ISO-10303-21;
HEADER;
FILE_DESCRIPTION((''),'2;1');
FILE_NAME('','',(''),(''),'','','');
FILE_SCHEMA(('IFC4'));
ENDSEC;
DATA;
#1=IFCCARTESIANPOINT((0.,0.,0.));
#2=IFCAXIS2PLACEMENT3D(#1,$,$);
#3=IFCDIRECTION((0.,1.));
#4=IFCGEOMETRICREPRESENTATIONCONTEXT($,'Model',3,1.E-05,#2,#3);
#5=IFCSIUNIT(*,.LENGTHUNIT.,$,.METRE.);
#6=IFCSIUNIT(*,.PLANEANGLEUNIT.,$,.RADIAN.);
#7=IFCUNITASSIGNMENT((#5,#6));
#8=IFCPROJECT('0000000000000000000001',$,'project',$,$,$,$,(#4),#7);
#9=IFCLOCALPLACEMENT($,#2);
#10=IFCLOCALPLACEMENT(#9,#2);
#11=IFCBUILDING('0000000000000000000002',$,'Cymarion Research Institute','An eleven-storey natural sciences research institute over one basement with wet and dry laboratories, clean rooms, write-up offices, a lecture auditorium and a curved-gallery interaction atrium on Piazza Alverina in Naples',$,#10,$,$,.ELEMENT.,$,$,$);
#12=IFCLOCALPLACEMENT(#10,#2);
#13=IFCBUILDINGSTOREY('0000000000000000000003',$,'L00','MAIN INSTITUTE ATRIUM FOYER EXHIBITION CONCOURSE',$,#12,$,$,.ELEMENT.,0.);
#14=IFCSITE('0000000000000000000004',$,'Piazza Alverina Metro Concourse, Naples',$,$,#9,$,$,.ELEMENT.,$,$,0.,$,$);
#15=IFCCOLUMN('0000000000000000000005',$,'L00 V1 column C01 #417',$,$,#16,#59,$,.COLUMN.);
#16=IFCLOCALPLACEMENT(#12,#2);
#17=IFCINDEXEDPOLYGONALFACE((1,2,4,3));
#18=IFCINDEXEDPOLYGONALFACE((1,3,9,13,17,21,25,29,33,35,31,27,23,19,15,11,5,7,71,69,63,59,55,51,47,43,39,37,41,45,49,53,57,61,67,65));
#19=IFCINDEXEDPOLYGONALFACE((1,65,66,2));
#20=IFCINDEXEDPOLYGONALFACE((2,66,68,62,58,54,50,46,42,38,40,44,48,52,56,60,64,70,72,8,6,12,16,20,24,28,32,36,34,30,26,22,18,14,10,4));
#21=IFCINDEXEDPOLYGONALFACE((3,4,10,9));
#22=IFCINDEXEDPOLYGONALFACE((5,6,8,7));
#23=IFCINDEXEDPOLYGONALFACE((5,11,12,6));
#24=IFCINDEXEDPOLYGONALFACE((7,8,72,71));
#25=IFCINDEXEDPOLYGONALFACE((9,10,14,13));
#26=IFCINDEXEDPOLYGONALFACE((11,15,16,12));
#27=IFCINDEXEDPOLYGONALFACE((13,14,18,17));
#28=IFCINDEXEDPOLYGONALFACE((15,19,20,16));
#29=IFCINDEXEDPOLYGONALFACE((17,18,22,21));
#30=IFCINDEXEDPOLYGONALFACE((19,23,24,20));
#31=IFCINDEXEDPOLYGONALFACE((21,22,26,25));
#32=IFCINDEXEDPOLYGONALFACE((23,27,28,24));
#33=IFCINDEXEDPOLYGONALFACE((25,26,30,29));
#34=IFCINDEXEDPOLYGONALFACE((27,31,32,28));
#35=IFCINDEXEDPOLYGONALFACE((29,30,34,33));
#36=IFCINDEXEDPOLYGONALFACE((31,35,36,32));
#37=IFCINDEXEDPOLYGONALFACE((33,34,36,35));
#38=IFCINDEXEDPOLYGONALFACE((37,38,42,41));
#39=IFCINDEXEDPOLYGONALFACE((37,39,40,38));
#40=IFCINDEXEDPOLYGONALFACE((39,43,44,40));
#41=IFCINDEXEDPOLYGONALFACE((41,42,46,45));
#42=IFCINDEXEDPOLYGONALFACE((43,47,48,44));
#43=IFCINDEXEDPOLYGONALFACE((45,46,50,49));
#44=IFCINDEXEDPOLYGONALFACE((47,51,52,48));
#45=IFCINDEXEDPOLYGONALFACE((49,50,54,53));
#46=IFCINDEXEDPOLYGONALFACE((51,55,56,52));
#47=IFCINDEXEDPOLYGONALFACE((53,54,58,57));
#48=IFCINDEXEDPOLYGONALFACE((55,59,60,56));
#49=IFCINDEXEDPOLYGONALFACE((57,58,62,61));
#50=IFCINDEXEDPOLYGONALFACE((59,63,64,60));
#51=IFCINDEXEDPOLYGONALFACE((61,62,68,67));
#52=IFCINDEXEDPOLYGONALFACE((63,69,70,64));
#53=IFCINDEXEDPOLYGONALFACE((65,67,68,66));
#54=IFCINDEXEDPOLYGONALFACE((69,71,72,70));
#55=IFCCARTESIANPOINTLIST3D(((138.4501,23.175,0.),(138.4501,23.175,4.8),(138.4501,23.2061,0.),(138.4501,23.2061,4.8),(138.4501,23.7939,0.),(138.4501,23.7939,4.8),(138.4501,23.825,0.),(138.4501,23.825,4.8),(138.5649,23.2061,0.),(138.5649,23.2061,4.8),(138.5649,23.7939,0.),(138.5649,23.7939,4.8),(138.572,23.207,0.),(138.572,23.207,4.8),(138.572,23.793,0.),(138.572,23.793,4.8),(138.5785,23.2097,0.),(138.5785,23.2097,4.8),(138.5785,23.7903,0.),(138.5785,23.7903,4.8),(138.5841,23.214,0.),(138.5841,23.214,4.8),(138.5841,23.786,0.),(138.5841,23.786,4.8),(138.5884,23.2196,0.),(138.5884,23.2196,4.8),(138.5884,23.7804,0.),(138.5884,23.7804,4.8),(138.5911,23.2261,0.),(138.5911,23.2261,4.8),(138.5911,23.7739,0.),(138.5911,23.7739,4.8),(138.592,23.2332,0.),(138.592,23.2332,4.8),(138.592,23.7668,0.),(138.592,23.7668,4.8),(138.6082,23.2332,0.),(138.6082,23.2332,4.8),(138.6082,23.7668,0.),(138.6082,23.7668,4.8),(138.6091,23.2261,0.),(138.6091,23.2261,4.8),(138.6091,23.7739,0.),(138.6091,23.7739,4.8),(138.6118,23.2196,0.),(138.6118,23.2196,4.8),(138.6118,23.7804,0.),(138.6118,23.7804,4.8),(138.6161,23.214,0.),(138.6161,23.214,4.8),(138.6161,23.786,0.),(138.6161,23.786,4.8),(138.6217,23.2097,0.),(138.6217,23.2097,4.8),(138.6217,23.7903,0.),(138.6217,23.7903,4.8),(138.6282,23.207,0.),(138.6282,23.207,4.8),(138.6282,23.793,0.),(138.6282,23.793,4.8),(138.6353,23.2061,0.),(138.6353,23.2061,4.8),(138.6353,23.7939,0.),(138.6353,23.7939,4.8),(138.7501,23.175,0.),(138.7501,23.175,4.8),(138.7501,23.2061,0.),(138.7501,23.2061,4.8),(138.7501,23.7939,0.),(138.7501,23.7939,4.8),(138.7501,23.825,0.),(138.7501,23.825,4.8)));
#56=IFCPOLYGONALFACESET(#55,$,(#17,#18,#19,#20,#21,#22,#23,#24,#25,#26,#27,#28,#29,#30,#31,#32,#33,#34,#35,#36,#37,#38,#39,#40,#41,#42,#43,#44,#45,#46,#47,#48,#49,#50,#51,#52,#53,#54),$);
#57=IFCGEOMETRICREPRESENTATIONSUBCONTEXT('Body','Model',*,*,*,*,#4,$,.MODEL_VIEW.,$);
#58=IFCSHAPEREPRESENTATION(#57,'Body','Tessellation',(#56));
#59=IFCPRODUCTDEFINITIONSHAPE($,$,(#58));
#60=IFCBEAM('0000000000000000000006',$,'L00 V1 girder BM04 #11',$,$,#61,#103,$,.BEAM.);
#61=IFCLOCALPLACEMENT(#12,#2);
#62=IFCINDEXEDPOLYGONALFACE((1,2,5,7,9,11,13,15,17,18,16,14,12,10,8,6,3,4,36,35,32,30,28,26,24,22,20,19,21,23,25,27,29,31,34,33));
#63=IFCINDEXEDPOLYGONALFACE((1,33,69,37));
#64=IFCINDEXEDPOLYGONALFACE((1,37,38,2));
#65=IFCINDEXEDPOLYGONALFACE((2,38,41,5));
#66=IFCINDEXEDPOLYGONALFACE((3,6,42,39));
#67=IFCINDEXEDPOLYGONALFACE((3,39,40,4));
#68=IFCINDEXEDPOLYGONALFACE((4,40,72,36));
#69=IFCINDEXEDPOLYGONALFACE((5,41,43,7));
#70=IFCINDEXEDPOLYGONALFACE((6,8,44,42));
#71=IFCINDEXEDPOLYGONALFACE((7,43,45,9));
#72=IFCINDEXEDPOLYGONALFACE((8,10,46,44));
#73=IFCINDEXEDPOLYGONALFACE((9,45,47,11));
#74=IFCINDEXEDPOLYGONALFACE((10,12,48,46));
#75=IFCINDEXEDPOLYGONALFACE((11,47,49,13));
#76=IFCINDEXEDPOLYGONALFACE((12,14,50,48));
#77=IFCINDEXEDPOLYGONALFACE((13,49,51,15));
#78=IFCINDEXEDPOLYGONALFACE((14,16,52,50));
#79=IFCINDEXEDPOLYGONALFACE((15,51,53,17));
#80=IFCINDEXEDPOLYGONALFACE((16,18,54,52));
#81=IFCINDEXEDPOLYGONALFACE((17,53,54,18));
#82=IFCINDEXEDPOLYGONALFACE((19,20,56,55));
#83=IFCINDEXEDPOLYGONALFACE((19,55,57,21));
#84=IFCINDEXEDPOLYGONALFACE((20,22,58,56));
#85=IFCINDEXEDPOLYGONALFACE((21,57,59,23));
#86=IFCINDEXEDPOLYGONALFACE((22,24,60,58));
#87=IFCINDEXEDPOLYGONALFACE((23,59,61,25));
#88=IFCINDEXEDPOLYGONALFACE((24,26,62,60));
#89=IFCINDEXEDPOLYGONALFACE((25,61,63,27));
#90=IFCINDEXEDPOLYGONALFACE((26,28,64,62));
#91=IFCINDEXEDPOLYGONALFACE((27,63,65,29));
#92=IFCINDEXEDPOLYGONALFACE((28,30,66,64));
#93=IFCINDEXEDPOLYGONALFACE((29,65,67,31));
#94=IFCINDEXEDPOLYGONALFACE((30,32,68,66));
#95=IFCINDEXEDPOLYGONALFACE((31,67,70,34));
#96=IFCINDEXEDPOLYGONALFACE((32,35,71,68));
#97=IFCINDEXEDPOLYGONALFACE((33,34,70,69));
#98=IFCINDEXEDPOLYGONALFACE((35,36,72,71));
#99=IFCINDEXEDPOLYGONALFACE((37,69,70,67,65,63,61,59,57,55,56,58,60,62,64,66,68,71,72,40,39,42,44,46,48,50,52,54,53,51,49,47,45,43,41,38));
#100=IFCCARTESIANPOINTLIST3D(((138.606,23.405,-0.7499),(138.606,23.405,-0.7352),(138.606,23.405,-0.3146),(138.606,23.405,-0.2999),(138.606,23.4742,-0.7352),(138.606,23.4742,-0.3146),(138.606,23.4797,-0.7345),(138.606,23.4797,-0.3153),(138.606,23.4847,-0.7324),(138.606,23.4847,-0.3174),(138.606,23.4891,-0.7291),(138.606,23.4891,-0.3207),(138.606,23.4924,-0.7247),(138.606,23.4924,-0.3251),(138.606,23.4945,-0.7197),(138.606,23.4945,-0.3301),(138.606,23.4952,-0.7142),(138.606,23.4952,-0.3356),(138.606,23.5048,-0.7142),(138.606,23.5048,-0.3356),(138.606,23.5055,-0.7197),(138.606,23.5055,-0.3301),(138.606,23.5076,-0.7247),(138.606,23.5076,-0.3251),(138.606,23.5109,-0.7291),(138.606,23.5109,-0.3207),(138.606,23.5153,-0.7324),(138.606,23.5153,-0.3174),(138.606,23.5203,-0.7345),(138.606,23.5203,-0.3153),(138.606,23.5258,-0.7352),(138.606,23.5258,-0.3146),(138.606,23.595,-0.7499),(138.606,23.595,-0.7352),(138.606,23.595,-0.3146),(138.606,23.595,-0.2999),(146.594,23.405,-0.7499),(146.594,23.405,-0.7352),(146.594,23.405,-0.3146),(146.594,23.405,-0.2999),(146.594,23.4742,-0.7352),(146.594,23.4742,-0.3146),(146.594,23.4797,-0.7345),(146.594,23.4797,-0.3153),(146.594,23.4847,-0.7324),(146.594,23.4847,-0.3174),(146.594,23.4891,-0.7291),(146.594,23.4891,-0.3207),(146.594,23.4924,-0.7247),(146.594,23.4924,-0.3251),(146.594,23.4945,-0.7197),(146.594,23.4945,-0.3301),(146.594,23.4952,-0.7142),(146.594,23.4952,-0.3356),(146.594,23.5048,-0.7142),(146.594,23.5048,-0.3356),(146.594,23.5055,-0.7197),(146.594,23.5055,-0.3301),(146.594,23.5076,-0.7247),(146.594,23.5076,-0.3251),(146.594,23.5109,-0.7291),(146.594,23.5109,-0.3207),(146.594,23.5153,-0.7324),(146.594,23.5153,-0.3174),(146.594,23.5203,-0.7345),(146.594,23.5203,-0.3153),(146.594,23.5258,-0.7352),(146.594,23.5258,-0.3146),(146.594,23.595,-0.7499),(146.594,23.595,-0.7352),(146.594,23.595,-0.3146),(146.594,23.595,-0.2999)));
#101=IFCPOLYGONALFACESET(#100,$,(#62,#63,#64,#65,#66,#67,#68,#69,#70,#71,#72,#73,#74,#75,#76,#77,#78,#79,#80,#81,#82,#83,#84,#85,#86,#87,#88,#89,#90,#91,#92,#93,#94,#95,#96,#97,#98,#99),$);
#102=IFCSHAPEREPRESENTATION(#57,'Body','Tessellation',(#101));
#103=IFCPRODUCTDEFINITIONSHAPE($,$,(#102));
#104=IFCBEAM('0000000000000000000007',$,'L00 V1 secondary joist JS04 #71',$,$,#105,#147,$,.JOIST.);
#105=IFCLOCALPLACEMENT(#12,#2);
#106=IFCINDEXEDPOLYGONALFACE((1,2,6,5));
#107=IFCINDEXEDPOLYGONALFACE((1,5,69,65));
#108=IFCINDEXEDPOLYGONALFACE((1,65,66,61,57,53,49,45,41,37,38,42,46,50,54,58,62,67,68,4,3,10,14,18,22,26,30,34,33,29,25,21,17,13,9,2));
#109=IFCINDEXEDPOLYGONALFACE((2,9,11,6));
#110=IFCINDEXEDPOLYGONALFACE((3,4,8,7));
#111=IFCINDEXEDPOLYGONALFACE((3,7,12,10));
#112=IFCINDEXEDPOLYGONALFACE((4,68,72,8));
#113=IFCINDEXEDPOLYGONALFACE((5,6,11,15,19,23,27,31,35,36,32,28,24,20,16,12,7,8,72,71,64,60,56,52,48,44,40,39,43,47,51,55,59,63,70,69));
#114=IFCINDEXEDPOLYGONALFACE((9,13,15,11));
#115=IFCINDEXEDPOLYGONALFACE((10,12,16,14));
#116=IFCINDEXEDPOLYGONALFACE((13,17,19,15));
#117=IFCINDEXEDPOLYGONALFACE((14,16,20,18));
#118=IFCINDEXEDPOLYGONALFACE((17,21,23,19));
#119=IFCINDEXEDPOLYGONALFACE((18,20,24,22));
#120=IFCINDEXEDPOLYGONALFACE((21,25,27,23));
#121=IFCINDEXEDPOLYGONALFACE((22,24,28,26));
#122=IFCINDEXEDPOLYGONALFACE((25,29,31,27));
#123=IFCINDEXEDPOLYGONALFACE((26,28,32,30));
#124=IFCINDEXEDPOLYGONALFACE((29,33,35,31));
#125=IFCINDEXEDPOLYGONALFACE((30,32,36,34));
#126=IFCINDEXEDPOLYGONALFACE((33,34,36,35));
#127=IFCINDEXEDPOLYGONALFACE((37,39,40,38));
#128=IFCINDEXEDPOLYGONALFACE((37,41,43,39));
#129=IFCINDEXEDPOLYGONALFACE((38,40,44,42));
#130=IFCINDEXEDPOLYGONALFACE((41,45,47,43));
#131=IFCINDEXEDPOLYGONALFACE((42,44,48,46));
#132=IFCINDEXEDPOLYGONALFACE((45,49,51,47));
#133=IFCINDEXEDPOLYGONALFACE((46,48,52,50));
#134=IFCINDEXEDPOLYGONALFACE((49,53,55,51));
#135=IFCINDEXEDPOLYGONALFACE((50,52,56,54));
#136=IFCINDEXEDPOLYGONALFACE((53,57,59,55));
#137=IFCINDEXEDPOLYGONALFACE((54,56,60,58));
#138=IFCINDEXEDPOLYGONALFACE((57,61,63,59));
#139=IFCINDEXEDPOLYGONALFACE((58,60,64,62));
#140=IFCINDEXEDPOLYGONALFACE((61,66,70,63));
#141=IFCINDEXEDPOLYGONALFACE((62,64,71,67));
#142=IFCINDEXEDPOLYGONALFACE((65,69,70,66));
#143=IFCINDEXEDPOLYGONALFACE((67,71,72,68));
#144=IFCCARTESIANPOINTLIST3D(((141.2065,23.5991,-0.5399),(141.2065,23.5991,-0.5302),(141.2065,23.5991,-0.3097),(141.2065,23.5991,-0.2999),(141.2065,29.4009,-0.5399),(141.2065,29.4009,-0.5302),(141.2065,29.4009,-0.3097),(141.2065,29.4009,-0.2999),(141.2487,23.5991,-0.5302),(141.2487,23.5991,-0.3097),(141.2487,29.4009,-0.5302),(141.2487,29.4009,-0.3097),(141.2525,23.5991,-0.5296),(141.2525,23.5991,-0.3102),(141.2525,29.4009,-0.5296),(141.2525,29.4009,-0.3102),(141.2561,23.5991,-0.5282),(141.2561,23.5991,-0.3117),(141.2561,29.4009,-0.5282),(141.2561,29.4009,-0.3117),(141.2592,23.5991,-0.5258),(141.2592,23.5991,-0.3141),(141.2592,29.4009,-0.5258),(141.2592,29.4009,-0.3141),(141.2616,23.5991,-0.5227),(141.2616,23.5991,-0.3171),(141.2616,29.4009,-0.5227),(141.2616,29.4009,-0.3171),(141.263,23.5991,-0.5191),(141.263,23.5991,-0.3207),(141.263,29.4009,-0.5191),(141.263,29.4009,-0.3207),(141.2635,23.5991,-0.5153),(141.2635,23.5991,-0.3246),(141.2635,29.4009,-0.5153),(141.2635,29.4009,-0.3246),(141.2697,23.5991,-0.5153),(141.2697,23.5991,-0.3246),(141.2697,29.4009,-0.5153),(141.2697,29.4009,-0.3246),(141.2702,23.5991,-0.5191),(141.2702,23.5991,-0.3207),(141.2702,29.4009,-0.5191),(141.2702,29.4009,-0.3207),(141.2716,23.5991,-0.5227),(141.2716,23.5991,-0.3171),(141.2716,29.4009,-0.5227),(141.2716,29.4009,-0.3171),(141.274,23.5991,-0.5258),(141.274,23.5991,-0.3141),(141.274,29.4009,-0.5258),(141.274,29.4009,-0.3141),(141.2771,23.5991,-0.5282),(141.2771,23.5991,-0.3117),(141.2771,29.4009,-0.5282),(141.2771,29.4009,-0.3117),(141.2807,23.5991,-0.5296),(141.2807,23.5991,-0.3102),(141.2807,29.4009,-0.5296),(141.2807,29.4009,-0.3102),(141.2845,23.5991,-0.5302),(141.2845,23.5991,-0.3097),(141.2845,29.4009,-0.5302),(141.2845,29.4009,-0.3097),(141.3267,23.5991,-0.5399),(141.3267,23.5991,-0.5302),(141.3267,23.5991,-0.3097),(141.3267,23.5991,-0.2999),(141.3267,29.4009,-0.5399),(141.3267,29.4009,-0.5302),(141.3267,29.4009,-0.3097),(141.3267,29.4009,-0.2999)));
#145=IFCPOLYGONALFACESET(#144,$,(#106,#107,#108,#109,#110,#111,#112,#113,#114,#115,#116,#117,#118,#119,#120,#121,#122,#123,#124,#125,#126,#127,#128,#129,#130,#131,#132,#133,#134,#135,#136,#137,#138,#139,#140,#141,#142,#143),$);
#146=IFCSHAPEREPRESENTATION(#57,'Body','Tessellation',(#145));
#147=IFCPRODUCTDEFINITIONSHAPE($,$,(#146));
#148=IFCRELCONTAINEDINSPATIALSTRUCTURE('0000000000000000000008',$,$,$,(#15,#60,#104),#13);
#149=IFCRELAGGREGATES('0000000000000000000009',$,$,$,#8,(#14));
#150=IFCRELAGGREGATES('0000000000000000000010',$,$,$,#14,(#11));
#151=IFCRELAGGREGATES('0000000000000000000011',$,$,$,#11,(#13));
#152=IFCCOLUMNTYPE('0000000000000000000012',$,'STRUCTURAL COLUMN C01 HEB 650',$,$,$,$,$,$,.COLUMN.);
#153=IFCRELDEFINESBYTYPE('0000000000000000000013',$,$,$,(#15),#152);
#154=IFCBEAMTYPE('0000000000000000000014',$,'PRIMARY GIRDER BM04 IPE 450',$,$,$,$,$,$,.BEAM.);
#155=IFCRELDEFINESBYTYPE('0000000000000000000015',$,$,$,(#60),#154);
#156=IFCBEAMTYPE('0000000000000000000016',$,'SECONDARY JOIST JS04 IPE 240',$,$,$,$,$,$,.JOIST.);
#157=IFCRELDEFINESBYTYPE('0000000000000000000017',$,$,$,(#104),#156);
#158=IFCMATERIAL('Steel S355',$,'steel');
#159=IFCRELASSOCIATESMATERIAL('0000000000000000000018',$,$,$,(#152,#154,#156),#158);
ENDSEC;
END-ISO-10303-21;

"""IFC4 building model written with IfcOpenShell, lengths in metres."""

from ifc_helpers import new_model, si_unit, direction, frame, origin, origin_2d, place, context, subcontext, project, spatial, i_section, extrude, material, material_profile, profile_set, type_object, element, save


model = new_model("IFC4")

# Units and contexts
model_context = context("Model", 3, precision=1e-05, world=origin(), true_north=direction((0.0, 1.0)))
body_context = subcontext(model_context, "Body", "Model", "MODEL_VIEW")
ifc_project = project(units=[si_unit("LENGTHUNIT", "METRE"), si_unit("PLANEANGLEUNIT", "RADIAN")], contexts=[model_context])

# Site, building, storey
site_placement = place(None, origin())
site = spatial("IfcSite", under=ifc_project, at=site_placement, Name="Piazza Alverina Metro Concourse, Naples", CompositionType="ELEMENT", RefElevation=0.0)
building_placement = place(site_placement, origin())
building = spatial("IfcBuilding", under=site, at=building_placement, Name="Cymarion Research Institute", Description="An eleven-storey natural sciences research institute over one basement with wet and dry laboratories, clean rooms, write-up offices, a lecture auditorium and a curved-gallery interaction atrium on Piazza Alverina in Naples", CompositionType="ELEMENT")
storey_placement = place(building_placement, origin())
storey = spatial("IfcBuildingStorey", under=building, at=storey_placement, Name="L00", Description="MAIN INSTITUTE ATRIUM FOYER EXHIBITION CONCOURSE", CompositionType="ELEMENT", Elevation=0.0)

# Column
ifc_material_1 = material(Name="Steel S355", Category="steel")
ifc_material_profile_1 = material_profile(ifc_material_1, i_section(OverallWidth=0.3, OverallDepth=0.6499, WebThickness=0.0161, FlangeThickness=0.031, FilletRadius=0.0271, at=origin_2d()), Name="HEB 650")
ifc_profile_set_1 = profile_set([ifc_material_profile_1], Name="Steel S355")
column_type = type_object("IfcColumnType", Name="STRUCTURAL COLUMN C01 HEB 650", PredefinedType="COLUMN", material=ifc_profile_set_1)
column_placement = place(storey_placement, frame((138.6001, 23.5, 0.0), z_axis=(0.0, 0.0, 1.0), x_axis=(1.0, 0.0, 0.0)))
element("IfcColumn", 1, at=column_placement, inside=storey, type_object=column_type, Name="L00 V1 column C01 #417", PredefinedType="COLUMN", context=body_context, shape_type="SweptSolid", body=[
    extrude(i_section(OverallWidth=0.3, OverallDepth=0.6499, WebThickness=0.0161, FlangeThickness=0.031, FilletRadius=0.0271, at=origin_2d()), origin(), (0.0, 0.0, 1.0), 4.8),
])

# Beams
ifc_material_profile_2 = material_profile(ifc_material_1, i_section(OverallWidth=0.1899, OverallDepth=0.45, WebThickness=0.0095, FlangeThickness=0.0146, FilletRadius=0.021, at=origin_2d()), Name="IPE 450")
ifc_profile_set_2 = profile_set([ifc_material_profile_2], Name="Steel S355")
beam_type_1 = type_object("IfcBeamType", Name="PRIMARY GIRDER BM04 IPE 450", PredefinedType="BEAM", material=ifc_profile_set_2)
beam_1_placement = place(storey_placement, frame((138.606, 23.5, -0.5249), z_axis=(1.0, 0.0, 0.0), x_axis=(0.0, 1.0, 0.0)))
element("IfcBeam", 2, at=beam_1_placement, inside=storey, type_object=beam_type_1, Name="L00 V1 girder BM04 #11", PredefinedType="BEAM", context=body_context, shape_type="SweptSolid", body=[
    extrude(i_section(OverallWidth=0.1899, OverallDepth=0.45, WebThickness=0.0095, FlangeThickness=0.0146, FilletRadius=0.021, at=origin_2d()), origin(), (0.0, 0.0, 1.0), 7.988),
])
ifc_material_profile_3 = material_profile(ifc_material_1, i_section(OverallWidth=0.1201, OverallDepth=0.24, WebThickness=0.0061, FlangeThickness=0.0098, FilletRadius=0.0149, at=origin_2d()), Name="IPE 240")
ifc_profile_set_3 = profile_set([ifc_material_profile_3], Name="Steel S355")
beam_type_2 = type_object("IfcBeamType", Name="SECONDARY JOIST JS04 IPE 240", PredefinedType="JOIST", material=ifc_profile_set_3)
beam_2_placement = place(storey_placement, frame((141.2666, 23.5991, -0.4199), z_axis=(0.0, 1.0, 0.0), x_axis=(-1.0, 0.0, 0.0)))
element("IfcBeam", 3, at=beam_2_placement, inside=storey, type_object=beam_type_2, Name="L00 V1 secondary joist JS04 #71", PredefinedType="JOIST", context=body_context, shape_type="SweptSolid", body=[
    extrude(i_section(OverallWidth=0.1201, OverallDepth=0.24, WebThickness=0.0061, FlangeThickness=0.0098, FilletRadius=0.0149, at=origin_2d()), origin(), (0.0, 0.0, 1.0), 5.8018),
])

save(model, "model.ifc")
